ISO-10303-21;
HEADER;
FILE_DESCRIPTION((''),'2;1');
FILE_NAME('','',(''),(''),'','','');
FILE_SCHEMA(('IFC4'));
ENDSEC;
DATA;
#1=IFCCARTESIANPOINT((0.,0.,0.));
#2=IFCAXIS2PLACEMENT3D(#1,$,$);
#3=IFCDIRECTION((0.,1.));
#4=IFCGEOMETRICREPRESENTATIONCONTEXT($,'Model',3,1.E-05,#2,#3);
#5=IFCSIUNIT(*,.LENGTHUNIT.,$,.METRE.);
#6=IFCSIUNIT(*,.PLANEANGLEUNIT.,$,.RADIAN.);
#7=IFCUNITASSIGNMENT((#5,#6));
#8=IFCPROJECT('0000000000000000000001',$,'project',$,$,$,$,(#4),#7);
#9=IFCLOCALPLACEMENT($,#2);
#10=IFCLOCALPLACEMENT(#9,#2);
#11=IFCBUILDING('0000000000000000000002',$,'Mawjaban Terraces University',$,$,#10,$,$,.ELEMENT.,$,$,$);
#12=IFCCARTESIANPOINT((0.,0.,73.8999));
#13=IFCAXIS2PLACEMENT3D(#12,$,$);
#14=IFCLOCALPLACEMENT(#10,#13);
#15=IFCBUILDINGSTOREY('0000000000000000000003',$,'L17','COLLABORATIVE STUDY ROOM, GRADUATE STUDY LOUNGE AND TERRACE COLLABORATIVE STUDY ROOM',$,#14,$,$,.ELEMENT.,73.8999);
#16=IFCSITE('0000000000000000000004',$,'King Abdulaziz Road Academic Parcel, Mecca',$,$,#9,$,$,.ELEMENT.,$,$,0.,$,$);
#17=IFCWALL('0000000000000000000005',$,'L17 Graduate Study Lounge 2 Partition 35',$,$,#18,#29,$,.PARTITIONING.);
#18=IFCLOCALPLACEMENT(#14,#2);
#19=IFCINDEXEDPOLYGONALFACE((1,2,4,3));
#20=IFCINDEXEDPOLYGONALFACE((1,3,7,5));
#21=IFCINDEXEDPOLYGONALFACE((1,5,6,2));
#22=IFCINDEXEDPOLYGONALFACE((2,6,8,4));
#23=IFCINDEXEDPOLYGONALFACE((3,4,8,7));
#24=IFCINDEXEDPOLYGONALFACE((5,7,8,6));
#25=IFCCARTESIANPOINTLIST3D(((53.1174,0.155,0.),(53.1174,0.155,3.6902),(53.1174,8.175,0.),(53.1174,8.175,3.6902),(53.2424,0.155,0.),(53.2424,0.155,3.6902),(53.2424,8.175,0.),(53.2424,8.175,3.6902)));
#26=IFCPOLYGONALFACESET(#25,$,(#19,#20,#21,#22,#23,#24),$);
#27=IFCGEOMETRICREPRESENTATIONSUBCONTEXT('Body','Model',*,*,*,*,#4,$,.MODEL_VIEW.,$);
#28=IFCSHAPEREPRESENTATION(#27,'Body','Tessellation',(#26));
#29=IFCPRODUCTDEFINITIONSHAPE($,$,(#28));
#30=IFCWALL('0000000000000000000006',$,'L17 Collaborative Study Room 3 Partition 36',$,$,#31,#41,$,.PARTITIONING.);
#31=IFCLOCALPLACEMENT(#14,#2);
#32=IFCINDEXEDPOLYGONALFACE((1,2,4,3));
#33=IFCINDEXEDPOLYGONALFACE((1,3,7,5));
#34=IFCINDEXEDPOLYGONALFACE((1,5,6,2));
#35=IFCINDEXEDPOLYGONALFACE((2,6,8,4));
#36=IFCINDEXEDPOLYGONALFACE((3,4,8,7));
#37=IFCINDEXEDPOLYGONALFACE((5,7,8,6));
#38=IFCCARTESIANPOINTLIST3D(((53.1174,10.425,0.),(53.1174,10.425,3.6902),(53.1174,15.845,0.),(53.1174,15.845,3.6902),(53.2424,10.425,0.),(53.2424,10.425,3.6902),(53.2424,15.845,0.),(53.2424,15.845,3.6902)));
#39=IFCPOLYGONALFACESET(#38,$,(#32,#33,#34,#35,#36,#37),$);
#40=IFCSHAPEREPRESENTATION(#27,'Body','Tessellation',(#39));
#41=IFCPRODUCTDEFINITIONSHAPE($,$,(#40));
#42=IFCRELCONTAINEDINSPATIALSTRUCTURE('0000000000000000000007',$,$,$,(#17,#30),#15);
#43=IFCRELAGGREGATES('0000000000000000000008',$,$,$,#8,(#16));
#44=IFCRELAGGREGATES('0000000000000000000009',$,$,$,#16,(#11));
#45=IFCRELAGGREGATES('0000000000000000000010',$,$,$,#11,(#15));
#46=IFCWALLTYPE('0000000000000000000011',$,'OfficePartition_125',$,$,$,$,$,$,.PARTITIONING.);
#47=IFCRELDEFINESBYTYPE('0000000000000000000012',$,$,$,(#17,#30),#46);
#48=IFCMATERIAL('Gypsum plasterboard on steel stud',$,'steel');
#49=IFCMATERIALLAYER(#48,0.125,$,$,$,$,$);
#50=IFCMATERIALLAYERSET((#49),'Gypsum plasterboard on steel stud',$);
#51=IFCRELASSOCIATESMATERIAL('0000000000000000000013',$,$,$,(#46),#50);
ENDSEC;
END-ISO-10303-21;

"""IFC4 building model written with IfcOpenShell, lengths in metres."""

from ifc_helpers import new_model, si_unit, direction, frame, frame_2d, origin, place, context, subcontext, project, spatial, rectangle, extrude, material, layer, layer_set, type_object, element, save


model = new_model("IFC4")

# Units and contexts
model_context = context("Model", 3, precision=1e-05, world=origin(), true_north=direction((0.0, 1.0)))
body_context = subcontext(model_context, "Body", "Model", "MODEL_VIEW")
ifc_project = project(units=[si_unit("LENGTHUNIT", "METRE"), si_unit("PLANEANGLEUNIT", "RADIAN")], contexts=[model_context])

# Site, building, storey
site_placement = place(None, origin())
site = spatial("IfcSite", under=ifc_project, at=site_placement, Name="King Abdulaziz Road Academic Parcel, Mecca", CompositionType="ELEMENT", RefElevation=0.0)
building_placement = place(site_placement, origin())
building = spatial("IfcBuilding", under=site, at=building_placement, Name="Mawjaban Terraces University", CompositionType="ELEMENT")
storey_placement = place(building_placement, frame((0.0, 0.0, 73.8999)))
storey = spatial("IfcBuildingStorey", under=building, at=storey_placement, Name="L17", Description="COLLABORATIVE STUDY ROOM, GRADUATE STUDY LOUNGE AND TERRACE COLLABORATIVE STUDY ROOM", CompositionType="ELEMENT", Elevation=73.8999)

# Walls
ifc_material_1 = material(Name="Gypsum plasterboard on steel stud", Category="steel")
ifc_layer_1 = layer(ifc_material_1, 0.125)
ifc_layer_set_1 = layer_set([ifc_layer_1], Name="Gypsum plasterboard on steel stud")
wall_type_1 = type_object("IfcWallType", Name="OfficePartition_125", PredefinedType="PARTITIONING", material=ifc_layer_set_1)
wall_1_placement = place(storey_placement, frame((53.1799, 0.155, 0.0), z_axis=(0.0, 0.0, 1.0), x_axis=(0.0, 1.0, 0.0)))
element("IfcWall", 1, at=wall_1_placement, inside=storey, type_object=wall_type_1, Name="L17 Graduate Study Lounge 2 Partition 35", PredefinedType="PARTITIONING", context=body_context, shape_type="SweptSolid", body=[
    extrude(rectangle(XDim=8.02, YDim=0.125, at=frame_2d((4.01, 0.0))), origin(), (0.0, 0.0, 1.0), 3.6902),
])
wall_2_placement = place(storey_placement, frame((53.1799, 10.425, 0.0), z_axis=(0.0, 0.0, 1.0), x_axis=(0.0, 1.0, 0.0)))
element("IfcWall", 2, at=wall_2_placement, inside=storey, type_object=wall_type_1, Name="L17 Collaborative Study Room 3 Partition 36", PredefinedType="PARTITIONING", context=body_context, shape_type="SweptSolid", body=[
    extrude(rectangle(XDim=5.4199, YDim=0.125, at=frame_2d((2.71, 0.0))), origin(), (0.0, 0.0, 1.0), 3.6902),
])

save(model, "model.ifc")
